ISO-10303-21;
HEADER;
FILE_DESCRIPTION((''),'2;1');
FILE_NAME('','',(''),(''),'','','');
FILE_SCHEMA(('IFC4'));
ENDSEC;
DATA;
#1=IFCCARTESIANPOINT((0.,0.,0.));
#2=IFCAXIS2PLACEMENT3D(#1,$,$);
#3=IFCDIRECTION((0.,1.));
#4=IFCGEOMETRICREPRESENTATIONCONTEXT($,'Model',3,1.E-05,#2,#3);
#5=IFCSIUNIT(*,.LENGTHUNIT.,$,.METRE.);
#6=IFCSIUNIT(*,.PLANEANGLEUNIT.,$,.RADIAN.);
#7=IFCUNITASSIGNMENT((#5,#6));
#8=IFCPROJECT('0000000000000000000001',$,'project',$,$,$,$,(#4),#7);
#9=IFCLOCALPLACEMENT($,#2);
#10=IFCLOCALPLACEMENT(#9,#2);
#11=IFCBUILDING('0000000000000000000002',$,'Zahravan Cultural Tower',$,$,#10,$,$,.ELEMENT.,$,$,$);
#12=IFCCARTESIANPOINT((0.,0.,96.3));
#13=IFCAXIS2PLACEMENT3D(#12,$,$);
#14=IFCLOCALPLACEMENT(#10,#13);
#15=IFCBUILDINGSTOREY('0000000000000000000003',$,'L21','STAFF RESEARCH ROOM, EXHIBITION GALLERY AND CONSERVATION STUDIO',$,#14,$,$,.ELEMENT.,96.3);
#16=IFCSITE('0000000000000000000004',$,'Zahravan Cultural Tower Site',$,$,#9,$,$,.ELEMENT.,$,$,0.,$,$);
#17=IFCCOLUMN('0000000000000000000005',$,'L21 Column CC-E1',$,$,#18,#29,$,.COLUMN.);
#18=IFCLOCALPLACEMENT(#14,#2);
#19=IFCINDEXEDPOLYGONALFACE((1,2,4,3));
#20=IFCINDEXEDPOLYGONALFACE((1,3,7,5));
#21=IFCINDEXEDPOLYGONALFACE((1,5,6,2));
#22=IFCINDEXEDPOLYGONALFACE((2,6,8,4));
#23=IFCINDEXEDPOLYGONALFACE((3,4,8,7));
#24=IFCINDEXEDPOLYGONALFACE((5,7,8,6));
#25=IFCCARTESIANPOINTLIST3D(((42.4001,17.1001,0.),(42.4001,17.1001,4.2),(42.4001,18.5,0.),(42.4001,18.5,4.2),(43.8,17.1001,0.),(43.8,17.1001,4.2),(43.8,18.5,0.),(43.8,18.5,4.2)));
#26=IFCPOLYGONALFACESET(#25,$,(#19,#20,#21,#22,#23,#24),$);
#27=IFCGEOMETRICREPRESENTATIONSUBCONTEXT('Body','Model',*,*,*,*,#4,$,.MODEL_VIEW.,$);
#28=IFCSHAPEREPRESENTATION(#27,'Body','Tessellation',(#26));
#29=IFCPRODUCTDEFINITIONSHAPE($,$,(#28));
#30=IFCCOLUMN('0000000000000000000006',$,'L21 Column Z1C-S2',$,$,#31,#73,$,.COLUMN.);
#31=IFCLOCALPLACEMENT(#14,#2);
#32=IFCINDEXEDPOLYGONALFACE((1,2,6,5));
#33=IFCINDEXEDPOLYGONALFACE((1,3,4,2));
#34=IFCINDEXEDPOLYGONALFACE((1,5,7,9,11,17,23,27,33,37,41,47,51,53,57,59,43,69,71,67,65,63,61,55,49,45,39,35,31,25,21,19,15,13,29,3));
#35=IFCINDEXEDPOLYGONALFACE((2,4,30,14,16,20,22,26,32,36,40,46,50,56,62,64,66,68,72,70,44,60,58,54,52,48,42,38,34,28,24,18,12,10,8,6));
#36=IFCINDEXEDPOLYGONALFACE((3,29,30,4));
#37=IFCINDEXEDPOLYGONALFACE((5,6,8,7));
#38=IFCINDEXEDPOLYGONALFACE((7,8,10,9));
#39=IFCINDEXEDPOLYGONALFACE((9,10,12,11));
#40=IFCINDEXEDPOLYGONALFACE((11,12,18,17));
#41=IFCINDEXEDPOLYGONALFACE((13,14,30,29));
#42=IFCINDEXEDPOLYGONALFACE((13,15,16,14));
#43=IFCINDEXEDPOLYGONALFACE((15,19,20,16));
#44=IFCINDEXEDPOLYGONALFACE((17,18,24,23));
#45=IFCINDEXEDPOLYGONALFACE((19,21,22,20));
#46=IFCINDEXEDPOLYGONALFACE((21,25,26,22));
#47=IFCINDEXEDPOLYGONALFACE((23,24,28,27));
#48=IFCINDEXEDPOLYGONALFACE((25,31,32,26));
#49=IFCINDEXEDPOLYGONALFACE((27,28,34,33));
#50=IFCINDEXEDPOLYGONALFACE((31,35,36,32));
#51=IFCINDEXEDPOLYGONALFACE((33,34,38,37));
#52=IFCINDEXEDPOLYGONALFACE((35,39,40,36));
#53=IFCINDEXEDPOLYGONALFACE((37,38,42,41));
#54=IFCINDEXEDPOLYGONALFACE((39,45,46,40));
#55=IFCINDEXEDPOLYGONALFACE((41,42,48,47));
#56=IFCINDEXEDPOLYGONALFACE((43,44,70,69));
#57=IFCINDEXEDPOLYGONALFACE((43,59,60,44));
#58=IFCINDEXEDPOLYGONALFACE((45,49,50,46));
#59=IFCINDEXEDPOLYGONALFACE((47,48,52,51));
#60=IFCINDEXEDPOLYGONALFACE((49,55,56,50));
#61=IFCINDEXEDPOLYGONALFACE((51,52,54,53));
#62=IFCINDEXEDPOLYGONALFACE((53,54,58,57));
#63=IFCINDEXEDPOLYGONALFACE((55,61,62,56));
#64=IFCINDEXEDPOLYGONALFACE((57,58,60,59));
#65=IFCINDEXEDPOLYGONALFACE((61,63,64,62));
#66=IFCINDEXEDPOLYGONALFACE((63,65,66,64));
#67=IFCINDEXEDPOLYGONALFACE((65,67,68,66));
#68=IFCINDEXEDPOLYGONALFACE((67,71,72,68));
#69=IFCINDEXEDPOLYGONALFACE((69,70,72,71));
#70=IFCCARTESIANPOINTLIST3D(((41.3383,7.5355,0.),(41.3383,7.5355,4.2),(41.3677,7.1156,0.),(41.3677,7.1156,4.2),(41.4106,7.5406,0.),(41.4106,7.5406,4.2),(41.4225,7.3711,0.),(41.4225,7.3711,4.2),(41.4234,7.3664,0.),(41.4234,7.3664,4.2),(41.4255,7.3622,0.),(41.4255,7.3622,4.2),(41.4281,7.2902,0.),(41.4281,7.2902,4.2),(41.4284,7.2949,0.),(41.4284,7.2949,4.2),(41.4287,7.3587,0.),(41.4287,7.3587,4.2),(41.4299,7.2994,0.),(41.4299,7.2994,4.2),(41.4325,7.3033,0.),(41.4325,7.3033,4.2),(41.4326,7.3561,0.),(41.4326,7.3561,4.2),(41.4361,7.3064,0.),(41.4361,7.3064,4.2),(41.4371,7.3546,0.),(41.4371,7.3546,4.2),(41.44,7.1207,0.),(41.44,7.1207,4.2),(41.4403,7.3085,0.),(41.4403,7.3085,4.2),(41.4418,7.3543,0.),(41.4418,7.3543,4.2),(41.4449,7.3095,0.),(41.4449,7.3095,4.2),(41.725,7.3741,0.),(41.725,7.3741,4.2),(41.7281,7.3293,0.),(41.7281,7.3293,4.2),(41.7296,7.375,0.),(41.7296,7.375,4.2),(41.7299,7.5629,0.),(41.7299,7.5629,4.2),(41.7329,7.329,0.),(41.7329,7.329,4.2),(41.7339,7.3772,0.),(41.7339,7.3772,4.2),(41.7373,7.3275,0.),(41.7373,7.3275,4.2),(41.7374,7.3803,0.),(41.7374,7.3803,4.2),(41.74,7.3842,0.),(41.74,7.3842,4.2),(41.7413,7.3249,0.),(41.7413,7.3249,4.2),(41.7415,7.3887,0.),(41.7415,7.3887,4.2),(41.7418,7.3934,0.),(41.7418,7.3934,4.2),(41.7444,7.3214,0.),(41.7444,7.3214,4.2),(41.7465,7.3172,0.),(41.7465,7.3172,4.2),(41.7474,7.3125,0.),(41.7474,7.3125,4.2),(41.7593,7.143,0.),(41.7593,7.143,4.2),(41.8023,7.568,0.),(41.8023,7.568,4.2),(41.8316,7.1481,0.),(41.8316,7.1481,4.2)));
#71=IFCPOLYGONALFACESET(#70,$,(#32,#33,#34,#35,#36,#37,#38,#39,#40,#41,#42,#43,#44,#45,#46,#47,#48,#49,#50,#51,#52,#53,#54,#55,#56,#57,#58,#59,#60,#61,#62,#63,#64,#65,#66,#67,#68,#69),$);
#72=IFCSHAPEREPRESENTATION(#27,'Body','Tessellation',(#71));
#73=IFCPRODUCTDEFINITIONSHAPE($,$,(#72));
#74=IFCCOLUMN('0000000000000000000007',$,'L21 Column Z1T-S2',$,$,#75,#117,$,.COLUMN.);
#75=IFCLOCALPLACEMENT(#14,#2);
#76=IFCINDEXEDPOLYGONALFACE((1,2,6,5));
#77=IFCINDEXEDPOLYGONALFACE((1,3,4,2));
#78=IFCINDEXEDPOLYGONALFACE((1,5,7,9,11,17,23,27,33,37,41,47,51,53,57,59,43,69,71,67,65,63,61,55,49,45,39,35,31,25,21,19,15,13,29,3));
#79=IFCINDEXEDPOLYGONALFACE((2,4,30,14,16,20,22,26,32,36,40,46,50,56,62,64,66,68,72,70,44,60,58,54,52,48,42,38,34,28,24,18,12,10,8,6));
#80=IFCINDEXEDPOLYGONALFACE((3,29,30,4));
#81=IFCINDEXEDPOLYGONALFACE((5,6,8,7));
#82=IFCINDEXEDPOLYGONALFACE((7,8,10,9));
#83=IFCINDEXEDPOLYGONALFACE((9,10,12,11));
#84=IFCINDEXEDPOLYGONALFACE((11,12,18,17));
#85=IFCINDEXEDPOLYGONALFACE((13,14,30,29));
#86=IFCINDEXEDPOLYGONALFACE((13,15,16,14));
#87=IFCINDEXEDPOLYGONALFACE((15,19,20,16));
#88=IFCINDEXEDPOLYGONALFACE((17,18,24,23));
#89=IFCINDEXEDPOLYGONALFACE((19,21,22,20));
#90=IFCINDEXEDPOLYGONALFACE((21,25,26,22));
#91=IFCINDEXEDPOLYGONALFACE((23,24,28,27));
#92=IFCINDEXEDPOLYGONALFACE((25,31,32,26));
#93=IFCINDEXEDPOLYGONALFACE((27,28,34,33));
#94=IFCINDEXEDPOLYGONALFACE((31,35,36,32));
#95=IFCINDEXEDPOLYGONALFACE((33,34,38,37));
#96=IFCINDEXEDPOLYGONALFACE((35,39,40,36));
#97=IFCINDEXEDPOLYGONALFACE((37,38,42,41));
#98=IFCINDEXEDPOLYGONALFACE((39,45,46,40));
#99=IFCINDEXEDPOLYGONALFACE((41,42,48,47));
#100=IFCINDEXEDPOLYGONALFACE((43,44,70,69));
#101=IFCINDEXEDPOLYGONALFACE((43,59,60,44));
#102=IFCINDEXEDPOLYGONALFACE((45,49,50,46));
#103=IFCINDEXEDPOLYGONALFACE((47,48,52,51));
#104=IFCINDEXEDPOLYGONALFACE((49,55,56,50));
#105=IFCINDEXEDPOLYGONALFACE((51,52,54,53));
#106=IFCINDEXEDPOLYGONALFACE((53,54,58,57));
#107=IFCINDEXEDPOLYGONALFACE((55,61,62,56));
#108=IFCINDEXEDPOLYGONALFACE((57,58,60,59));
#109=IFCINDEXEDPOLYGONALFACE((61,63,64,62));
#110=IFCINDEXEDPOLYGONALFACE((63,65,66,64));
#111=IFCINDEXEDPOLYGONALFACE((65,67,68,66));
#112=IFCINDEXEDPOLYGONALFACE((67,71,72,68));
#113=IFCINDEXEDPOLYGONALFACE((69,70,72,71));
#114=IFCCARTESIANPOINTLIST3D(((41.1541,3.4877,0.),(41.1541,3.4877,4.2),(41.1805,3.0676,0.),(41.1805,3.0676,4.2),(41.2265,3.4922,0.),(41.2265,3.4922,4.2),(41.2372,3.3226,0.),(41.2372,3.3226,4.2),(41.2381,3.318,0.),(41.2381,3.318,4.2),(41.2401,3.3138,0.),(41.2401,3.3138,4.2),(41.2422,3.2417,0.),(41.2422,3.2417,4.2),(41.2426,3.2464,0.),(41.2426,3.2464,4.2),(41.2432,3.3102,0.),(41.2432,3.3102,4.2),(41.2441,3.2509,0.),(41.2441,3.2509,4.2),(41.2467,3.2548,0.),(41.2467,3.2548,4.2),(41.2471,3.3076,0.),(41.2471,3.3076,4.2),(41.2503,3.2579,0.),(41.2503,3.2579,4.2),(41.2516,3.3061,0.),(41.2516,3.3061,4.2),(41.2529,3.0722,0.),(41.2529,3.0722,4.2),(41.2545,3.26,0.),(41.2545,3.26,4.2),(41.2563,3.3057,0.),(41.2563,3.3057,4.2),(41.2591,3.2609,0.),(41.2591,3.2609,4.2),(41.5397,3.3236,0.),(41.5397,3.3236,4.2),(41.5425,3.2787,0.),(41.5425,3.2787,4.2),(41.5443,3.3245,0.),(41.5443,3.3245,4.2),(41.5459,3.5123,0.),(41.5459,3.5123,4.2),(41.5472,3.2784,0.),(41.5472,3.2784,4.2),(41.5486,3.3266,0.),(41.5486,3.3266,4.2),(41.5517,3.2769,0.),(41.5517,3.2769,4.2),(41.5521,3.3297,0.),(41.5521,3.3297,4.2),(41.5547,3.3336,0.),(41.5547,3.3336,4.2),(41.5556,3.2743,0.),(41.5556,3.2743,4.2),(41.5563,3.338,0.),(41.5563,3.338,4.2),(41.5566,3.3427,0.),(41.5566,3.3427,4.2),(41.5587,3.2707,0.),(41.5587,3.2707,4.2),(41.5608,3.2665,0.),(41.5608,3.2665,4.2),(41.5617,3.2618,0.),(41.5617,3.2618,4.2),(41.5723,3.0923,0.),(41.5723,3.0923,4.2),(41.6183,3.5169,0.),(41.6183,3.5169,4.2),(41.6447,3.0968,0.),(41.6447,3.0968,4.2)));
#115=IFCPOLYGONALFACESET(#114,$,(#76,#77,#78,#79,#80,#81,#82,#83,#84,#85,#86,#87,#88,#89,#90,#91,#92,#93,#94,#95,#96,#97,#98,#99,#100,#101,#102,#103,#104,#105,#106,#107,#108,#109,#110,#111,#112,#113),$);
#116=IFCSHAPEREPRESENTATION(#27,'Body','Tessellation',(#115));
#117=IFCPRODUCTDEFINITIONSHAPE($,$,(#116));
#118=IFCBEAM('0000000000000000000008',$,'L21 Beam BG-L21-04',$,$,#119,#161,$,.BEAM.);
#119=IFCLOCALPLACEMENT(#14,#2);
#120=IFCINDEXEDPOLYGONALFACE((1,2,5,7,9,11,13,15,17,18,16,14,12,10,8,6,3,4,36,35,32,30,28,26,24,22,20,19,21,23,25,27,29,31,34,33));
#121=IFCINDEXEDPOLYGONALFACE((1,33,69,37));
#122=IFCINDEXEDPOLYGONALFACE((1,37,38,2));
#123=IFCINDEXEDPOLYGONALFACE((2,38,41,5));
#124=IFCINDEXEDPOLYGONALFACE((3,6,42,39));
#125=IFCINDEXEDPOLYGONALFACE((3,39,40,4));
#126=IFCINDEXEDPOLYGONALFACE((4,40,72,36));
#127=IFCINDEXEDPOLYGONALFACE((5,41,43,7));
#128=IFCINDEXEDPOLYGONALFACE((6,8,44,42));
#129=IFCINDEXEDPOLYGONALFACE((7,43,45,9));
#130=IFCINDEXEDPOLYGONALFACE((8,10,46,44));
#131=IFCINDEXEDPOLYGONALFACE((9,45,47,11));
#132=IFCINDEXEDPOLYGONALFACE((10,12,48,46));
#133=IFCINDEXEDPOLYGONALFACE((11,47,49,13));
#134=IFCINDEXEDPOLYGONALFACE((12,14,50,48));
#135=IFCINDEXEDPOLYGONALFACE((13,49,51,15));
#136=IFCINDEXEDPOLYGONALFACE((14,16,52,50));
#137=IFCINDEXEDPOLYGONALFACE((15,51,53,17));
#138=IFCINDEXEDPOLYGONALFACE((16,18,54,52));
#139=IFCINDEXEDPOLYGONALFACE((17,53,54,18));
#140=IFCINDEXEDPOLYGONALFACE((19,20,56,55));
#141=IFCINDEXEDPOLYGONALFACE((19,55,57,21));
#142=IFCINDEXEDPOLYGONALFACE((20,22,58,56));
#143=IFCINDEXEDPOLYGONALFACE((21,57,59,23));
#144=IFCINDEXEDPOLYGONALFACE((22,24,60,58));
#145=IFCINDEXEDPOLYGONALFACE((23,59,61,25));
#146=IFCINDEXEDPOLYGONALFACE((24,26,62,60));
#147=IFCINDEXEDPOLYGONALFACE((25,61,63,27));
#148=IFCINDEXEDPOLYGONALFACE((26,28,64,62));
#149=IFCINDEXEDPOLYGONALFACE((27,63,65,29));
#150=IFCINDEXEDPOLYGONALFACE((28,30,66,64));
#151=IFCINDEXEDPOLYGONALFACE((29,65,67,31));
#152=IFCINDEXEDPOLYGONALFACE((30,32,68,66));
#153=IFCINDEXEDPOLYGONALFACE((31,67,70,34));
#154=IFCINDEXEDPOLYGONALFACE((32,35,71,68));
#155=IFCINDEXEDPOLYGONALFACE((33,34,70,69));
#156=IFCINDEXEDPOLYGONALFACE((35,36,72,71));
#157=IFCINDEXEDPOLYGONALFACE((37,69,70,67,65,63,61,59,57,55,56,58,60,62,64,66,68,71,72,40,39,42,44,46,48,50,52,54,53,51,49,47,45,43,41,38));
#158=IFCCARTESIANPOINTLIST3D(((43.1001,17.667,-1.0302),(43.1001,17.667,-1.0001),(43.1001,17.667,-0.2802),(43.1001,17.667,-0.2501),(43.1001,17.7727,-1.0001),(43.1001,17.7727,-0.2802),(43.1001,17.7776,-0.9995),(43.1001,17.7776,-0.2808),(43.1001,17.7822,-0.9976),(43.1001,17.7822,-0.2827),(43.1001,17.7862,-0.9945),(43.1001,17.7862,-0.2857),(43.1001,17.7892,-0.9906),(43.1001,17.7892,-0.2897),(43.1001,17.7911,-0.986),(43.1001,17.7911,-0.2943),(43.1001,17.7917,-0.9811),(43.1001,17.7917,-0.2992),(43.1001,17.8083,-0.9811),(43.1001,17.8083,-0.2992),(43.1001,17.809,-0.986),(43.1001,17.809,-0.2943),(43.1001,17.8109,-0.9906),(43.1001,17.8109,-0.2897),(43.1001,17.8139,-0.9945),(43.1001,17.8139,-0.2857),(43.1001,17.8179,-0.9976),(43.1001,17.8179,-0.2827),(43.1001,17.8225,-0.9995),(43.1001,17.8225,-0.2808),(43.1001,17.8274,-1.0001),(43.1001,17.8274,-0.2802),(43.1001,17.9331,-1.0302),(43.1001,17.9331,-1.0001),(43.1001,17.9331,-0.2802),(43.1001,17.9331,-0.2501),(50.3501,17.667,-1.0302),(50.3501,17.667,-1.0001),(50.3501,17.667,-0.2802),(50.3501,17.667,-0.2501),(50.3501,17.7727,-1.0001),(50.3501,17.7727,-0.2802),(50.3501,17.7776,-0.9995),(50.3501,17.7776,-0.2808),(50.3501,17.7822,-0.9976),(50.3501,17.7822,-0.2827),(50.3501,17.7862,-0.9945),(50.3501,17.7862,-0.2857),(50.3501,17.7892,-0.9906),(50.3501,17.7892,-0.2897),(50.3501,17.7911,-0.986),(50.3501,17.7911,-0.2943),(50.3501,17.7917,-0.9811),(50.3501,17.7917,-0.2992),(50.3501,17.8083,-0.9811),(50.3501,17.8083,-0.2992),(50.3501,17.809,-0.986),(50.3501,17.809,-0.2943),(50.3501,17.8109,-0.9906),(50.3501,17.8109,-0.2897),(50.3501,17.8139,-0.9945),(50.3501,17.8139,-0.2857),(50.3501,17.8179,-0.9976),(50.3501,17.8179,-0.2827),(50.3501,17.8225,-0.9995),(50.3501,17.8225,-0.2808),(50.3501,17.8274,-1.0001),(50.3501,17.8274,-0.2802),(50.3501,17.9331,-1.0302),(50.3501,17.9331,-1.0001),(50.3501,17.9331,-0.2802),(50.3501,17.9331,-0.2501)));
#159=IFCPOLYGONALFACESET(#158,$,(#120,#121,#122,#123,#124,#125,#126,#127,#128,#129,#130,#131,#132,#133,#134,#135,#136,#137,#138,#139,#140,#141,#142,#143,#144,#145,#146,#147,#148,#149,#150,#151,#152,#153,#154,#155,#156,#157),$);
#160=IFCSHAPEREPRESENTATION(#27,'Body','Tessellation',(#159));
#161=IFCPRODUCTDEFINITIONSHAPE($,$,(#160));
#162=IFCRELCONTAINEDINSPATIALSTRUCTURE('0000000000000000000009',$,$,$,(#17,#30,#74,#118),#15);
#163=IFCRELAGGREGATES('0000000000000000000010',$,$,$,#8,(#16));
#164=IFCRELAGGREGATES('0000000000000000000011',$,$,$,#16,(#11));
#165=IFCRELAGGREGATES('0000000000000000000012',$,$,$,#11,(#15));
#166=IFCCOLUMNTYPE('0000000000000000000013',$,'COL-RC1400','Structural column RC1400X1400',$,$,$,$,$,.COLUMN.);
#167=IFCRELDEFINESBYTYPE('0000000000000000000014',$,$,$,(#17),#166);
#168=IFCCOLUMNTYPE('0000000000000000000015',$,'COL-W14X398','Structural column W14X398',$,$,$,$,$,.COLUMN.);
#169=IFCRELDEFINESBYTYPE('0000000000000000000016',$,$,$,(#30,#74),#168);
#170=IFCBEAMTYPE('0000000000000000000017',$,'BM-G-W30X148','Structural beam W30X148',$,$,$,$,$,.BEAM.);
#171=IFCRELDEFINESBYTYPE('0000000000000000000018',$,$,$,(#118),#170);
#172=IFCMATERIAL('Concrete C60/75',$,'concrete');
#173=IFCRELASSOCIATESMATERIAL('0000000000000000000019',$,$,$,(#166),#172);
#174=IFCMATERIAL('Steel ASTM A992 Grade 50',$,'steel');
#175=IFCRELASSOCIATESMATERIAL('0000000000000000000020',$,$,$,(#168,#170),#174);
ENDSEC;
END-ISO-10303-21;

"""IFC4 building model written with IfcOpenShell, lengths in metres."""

from ifc_helpers import new_model, si_unit, direction, frame, origin, origin_2d, place, context, subcontext, project, spatial, rectangle, i_section, extrude, source, transform, mapped, material, material_profile, profile_set, type_object, element, save


model = new_model("IFC4")

# Units and contexts
model_context = context("Model", 3, precision=1e-05, world=origin(), true_north=direction((0.0, 1.0)))
body_context = subcontext(model_context, "Body", "Model", "MODEL_VIEW")
ifc_project = project(units=[si_unit("LENGTHUNIT", "METRE"), si_unit("PLANEANGLEUNIT", "RADIAN")], contexts=[model_context])

# Site, building, storey
site_placement = place(None, origin())
site = spatial("IfcSite", under=ifc_project, at=site_placement, Name="Zahravan Cultural Tower Site", CompositionType="ELEMENT", RefElevation=0.0)
building_placement = place(site_placement, origin())
building = spatial("IfcBuilding", under=site, at=building_placement, Name="Zahravan Cultural Tower", CompositionType="ELEMENT")
storey_placement = place(building_placement, frame((0.0, 0.0, 96.3)))
storey = spatial("IfcBuildingStorey", under=building, at=storey_placement, Name="L21", Description="STAFF RESEARCH ROOM, EXHIBITION GALLERY AND CONSERVATION STUDIO", CompositionType="ELEMENT", Elevation=96.3)

# Columns
ifc_material_1 = material(Name="Concrete C60/75", Category="concrete")
ifc_material_profile_1 = material_profile(ifc_material_1, rectangle(XDim=1.3999, YDim=1.3999, at=origin_2d()), Name="RC1400X1400")
ifc_profile_set_1 = profile_set([ifc_material_profile_1], Name="Concrete C60/75")
column_type_1 = type_object("IfcColumnType", Name="COL-RC1400", Description="Structural column RC1400X1400", PredefinedType="COLUMN", material=ifc_profile_set_1)
shared_shape_1 = source(origin(), body_context, "Body", "SweptSolid", [
    extrude(rectangle(XDim=1.3999, YDim=1.3999, at=origin_2d()), origin(), (0.0, 0.0, 1.0), 4.2),
])
column_placement = place(storey_placement, frame((43.1001, 17.8, 0.0), z_axis=(0.0, 0.0, 1.0), x_axis=(1.0, 0.0, 0.0)))
element("IfcColumn", 1, at=column_placement, inside=storey, type_object=column_type_1, Name="L21 Column CC-E1", PredefinedType="COLUMN", context=body_context, shape_type="MappedRepresentation", body=[
    mapped(shared_shape_1, transform((0.0, 0.0, 0.0), x_axis=(1.0, 0.0, 0.0), y_axis=(0.0, 1.0, 0.0), z_axis=(0.0, 0.0, 1.0), scale=1.0)),
])
ifc_material_2 = material(Name="Steel ASTM A992 Grade 50", Category="steel")
ifc_material_profile_2 = material_profile(ifc_material_2, i_section(OverallWidth=0.4209, OverallDepth=0.4651, WebThickness=0.0449, FlangeThickness=0.0725, FilletRadius=0.0181, at=origin_2d()), Name="W14X398")
ifc_profile_set_2 = profile_set([ifc_material_profile_2], Name="Steel ASTM A992 Grade 50")
column_type_2 = type_object("IfcColumnType", Name="COL-W14X398", Description="Structural column W14X398", PredefinedType="COLUMN", material=ifc_profile_set_2)
shared_shape_2 = source(origin(), body_context, "Body", "SweptSolid", [
    extrude(i_section(OverallWidth=0.4209, OverallDepth=0.4651, WebThickness=0.0449, FlangeThickness=0.0725, FilletRadius=0.0181, at=origin_2d()), origin(), (0.0, 0.0, 1.0), 4.2),
])
for number, where, z_axis, x_axis, name in (
    (2, (41.585, 7.3418, 0.0), (0.0, 0.0, 1.0), (-0.069756, 0.997564, 0.0), "L21 Column Z1C-S2"),
    (3, (41.3994, 3.2922, 0.0), (0.0, 0.0, 1.0), (-0.062791, 0.998027, 0.0), "L21 Column Z1T-S2"),
):
    element("IfcColumn", number, at=place(storey_placement, frame(where, z_axis=z_axis, x_axis=x_axis)), inside=storey, type_object=column_type_2, Name=name, PredefinedType="COLUMN", context=body_context, shape_type="MappedRepresentation", body=[
        mapped(shared_shape_2, transform((0.0, 0.0, 0.0), x_axis=(1.0, 0.0, 0.0), y_axis=(0.0, 1.0, 0.0), z_axis=(0.0, 0.0, 1.0), scale=1.0)),
    ])

# Beam
ifc_material_profile_3 = material_profile(ifc_material_2, i_section(OverallWidth=0.2661, OverallDepth=0.78, WebThickness=0.0166, FlangeThickness=0.03, FilletRadius=0.019, at=origin_2d()), Name="W30X148")
ifc_profile_set_3 = profile_set([ifc_material_profile_3], Name="Steel ASTM A992 Grade 50")
beam_type_1 = type_object("IfcBeamType", Name="BM-G-W30X148", Description="Structural beam W30X148", PredefinedType="BEAM", material=ifc_profile_set_3)
shared_shape_3 = source(origin(), body_context, "Body", "SweptSolid", [
    extrude(i_section(OverallWidth=0.2661, OverallDepth=0.78, WebThickness=0.0166, FlangeThickness=0.03, FilletRadius=0.019, at=origin_2d()), origin(), (0.0, 0.0, 1.0), 7.25),
])
beam_1_placement = place(storey_placement, frame((43.1001, 17.8, -0.6401), z_axis=(1.0, 0.0, 0.0), x_axis=(0.0, 1.0, 0.0)))
element("IfcBeam", 4, at=beam_1_placement, inside=storey, type_object=beam_type_1, Name="L21 Beam BG-L21-04", PredefinedType="BEAM", context=body_context, shape_type="MappedRepresentation", body=[
    mapped(shared_shape_3, transform((0.0, 0.0, 0.0), x_axis=(1.0, 0.0, 0.0), y_axis=(0.0, 1.0, 0.0), z_axis=(0.0, 0.0, 1.0), scale=1.0)),
])

save(model, "model.ifc")
